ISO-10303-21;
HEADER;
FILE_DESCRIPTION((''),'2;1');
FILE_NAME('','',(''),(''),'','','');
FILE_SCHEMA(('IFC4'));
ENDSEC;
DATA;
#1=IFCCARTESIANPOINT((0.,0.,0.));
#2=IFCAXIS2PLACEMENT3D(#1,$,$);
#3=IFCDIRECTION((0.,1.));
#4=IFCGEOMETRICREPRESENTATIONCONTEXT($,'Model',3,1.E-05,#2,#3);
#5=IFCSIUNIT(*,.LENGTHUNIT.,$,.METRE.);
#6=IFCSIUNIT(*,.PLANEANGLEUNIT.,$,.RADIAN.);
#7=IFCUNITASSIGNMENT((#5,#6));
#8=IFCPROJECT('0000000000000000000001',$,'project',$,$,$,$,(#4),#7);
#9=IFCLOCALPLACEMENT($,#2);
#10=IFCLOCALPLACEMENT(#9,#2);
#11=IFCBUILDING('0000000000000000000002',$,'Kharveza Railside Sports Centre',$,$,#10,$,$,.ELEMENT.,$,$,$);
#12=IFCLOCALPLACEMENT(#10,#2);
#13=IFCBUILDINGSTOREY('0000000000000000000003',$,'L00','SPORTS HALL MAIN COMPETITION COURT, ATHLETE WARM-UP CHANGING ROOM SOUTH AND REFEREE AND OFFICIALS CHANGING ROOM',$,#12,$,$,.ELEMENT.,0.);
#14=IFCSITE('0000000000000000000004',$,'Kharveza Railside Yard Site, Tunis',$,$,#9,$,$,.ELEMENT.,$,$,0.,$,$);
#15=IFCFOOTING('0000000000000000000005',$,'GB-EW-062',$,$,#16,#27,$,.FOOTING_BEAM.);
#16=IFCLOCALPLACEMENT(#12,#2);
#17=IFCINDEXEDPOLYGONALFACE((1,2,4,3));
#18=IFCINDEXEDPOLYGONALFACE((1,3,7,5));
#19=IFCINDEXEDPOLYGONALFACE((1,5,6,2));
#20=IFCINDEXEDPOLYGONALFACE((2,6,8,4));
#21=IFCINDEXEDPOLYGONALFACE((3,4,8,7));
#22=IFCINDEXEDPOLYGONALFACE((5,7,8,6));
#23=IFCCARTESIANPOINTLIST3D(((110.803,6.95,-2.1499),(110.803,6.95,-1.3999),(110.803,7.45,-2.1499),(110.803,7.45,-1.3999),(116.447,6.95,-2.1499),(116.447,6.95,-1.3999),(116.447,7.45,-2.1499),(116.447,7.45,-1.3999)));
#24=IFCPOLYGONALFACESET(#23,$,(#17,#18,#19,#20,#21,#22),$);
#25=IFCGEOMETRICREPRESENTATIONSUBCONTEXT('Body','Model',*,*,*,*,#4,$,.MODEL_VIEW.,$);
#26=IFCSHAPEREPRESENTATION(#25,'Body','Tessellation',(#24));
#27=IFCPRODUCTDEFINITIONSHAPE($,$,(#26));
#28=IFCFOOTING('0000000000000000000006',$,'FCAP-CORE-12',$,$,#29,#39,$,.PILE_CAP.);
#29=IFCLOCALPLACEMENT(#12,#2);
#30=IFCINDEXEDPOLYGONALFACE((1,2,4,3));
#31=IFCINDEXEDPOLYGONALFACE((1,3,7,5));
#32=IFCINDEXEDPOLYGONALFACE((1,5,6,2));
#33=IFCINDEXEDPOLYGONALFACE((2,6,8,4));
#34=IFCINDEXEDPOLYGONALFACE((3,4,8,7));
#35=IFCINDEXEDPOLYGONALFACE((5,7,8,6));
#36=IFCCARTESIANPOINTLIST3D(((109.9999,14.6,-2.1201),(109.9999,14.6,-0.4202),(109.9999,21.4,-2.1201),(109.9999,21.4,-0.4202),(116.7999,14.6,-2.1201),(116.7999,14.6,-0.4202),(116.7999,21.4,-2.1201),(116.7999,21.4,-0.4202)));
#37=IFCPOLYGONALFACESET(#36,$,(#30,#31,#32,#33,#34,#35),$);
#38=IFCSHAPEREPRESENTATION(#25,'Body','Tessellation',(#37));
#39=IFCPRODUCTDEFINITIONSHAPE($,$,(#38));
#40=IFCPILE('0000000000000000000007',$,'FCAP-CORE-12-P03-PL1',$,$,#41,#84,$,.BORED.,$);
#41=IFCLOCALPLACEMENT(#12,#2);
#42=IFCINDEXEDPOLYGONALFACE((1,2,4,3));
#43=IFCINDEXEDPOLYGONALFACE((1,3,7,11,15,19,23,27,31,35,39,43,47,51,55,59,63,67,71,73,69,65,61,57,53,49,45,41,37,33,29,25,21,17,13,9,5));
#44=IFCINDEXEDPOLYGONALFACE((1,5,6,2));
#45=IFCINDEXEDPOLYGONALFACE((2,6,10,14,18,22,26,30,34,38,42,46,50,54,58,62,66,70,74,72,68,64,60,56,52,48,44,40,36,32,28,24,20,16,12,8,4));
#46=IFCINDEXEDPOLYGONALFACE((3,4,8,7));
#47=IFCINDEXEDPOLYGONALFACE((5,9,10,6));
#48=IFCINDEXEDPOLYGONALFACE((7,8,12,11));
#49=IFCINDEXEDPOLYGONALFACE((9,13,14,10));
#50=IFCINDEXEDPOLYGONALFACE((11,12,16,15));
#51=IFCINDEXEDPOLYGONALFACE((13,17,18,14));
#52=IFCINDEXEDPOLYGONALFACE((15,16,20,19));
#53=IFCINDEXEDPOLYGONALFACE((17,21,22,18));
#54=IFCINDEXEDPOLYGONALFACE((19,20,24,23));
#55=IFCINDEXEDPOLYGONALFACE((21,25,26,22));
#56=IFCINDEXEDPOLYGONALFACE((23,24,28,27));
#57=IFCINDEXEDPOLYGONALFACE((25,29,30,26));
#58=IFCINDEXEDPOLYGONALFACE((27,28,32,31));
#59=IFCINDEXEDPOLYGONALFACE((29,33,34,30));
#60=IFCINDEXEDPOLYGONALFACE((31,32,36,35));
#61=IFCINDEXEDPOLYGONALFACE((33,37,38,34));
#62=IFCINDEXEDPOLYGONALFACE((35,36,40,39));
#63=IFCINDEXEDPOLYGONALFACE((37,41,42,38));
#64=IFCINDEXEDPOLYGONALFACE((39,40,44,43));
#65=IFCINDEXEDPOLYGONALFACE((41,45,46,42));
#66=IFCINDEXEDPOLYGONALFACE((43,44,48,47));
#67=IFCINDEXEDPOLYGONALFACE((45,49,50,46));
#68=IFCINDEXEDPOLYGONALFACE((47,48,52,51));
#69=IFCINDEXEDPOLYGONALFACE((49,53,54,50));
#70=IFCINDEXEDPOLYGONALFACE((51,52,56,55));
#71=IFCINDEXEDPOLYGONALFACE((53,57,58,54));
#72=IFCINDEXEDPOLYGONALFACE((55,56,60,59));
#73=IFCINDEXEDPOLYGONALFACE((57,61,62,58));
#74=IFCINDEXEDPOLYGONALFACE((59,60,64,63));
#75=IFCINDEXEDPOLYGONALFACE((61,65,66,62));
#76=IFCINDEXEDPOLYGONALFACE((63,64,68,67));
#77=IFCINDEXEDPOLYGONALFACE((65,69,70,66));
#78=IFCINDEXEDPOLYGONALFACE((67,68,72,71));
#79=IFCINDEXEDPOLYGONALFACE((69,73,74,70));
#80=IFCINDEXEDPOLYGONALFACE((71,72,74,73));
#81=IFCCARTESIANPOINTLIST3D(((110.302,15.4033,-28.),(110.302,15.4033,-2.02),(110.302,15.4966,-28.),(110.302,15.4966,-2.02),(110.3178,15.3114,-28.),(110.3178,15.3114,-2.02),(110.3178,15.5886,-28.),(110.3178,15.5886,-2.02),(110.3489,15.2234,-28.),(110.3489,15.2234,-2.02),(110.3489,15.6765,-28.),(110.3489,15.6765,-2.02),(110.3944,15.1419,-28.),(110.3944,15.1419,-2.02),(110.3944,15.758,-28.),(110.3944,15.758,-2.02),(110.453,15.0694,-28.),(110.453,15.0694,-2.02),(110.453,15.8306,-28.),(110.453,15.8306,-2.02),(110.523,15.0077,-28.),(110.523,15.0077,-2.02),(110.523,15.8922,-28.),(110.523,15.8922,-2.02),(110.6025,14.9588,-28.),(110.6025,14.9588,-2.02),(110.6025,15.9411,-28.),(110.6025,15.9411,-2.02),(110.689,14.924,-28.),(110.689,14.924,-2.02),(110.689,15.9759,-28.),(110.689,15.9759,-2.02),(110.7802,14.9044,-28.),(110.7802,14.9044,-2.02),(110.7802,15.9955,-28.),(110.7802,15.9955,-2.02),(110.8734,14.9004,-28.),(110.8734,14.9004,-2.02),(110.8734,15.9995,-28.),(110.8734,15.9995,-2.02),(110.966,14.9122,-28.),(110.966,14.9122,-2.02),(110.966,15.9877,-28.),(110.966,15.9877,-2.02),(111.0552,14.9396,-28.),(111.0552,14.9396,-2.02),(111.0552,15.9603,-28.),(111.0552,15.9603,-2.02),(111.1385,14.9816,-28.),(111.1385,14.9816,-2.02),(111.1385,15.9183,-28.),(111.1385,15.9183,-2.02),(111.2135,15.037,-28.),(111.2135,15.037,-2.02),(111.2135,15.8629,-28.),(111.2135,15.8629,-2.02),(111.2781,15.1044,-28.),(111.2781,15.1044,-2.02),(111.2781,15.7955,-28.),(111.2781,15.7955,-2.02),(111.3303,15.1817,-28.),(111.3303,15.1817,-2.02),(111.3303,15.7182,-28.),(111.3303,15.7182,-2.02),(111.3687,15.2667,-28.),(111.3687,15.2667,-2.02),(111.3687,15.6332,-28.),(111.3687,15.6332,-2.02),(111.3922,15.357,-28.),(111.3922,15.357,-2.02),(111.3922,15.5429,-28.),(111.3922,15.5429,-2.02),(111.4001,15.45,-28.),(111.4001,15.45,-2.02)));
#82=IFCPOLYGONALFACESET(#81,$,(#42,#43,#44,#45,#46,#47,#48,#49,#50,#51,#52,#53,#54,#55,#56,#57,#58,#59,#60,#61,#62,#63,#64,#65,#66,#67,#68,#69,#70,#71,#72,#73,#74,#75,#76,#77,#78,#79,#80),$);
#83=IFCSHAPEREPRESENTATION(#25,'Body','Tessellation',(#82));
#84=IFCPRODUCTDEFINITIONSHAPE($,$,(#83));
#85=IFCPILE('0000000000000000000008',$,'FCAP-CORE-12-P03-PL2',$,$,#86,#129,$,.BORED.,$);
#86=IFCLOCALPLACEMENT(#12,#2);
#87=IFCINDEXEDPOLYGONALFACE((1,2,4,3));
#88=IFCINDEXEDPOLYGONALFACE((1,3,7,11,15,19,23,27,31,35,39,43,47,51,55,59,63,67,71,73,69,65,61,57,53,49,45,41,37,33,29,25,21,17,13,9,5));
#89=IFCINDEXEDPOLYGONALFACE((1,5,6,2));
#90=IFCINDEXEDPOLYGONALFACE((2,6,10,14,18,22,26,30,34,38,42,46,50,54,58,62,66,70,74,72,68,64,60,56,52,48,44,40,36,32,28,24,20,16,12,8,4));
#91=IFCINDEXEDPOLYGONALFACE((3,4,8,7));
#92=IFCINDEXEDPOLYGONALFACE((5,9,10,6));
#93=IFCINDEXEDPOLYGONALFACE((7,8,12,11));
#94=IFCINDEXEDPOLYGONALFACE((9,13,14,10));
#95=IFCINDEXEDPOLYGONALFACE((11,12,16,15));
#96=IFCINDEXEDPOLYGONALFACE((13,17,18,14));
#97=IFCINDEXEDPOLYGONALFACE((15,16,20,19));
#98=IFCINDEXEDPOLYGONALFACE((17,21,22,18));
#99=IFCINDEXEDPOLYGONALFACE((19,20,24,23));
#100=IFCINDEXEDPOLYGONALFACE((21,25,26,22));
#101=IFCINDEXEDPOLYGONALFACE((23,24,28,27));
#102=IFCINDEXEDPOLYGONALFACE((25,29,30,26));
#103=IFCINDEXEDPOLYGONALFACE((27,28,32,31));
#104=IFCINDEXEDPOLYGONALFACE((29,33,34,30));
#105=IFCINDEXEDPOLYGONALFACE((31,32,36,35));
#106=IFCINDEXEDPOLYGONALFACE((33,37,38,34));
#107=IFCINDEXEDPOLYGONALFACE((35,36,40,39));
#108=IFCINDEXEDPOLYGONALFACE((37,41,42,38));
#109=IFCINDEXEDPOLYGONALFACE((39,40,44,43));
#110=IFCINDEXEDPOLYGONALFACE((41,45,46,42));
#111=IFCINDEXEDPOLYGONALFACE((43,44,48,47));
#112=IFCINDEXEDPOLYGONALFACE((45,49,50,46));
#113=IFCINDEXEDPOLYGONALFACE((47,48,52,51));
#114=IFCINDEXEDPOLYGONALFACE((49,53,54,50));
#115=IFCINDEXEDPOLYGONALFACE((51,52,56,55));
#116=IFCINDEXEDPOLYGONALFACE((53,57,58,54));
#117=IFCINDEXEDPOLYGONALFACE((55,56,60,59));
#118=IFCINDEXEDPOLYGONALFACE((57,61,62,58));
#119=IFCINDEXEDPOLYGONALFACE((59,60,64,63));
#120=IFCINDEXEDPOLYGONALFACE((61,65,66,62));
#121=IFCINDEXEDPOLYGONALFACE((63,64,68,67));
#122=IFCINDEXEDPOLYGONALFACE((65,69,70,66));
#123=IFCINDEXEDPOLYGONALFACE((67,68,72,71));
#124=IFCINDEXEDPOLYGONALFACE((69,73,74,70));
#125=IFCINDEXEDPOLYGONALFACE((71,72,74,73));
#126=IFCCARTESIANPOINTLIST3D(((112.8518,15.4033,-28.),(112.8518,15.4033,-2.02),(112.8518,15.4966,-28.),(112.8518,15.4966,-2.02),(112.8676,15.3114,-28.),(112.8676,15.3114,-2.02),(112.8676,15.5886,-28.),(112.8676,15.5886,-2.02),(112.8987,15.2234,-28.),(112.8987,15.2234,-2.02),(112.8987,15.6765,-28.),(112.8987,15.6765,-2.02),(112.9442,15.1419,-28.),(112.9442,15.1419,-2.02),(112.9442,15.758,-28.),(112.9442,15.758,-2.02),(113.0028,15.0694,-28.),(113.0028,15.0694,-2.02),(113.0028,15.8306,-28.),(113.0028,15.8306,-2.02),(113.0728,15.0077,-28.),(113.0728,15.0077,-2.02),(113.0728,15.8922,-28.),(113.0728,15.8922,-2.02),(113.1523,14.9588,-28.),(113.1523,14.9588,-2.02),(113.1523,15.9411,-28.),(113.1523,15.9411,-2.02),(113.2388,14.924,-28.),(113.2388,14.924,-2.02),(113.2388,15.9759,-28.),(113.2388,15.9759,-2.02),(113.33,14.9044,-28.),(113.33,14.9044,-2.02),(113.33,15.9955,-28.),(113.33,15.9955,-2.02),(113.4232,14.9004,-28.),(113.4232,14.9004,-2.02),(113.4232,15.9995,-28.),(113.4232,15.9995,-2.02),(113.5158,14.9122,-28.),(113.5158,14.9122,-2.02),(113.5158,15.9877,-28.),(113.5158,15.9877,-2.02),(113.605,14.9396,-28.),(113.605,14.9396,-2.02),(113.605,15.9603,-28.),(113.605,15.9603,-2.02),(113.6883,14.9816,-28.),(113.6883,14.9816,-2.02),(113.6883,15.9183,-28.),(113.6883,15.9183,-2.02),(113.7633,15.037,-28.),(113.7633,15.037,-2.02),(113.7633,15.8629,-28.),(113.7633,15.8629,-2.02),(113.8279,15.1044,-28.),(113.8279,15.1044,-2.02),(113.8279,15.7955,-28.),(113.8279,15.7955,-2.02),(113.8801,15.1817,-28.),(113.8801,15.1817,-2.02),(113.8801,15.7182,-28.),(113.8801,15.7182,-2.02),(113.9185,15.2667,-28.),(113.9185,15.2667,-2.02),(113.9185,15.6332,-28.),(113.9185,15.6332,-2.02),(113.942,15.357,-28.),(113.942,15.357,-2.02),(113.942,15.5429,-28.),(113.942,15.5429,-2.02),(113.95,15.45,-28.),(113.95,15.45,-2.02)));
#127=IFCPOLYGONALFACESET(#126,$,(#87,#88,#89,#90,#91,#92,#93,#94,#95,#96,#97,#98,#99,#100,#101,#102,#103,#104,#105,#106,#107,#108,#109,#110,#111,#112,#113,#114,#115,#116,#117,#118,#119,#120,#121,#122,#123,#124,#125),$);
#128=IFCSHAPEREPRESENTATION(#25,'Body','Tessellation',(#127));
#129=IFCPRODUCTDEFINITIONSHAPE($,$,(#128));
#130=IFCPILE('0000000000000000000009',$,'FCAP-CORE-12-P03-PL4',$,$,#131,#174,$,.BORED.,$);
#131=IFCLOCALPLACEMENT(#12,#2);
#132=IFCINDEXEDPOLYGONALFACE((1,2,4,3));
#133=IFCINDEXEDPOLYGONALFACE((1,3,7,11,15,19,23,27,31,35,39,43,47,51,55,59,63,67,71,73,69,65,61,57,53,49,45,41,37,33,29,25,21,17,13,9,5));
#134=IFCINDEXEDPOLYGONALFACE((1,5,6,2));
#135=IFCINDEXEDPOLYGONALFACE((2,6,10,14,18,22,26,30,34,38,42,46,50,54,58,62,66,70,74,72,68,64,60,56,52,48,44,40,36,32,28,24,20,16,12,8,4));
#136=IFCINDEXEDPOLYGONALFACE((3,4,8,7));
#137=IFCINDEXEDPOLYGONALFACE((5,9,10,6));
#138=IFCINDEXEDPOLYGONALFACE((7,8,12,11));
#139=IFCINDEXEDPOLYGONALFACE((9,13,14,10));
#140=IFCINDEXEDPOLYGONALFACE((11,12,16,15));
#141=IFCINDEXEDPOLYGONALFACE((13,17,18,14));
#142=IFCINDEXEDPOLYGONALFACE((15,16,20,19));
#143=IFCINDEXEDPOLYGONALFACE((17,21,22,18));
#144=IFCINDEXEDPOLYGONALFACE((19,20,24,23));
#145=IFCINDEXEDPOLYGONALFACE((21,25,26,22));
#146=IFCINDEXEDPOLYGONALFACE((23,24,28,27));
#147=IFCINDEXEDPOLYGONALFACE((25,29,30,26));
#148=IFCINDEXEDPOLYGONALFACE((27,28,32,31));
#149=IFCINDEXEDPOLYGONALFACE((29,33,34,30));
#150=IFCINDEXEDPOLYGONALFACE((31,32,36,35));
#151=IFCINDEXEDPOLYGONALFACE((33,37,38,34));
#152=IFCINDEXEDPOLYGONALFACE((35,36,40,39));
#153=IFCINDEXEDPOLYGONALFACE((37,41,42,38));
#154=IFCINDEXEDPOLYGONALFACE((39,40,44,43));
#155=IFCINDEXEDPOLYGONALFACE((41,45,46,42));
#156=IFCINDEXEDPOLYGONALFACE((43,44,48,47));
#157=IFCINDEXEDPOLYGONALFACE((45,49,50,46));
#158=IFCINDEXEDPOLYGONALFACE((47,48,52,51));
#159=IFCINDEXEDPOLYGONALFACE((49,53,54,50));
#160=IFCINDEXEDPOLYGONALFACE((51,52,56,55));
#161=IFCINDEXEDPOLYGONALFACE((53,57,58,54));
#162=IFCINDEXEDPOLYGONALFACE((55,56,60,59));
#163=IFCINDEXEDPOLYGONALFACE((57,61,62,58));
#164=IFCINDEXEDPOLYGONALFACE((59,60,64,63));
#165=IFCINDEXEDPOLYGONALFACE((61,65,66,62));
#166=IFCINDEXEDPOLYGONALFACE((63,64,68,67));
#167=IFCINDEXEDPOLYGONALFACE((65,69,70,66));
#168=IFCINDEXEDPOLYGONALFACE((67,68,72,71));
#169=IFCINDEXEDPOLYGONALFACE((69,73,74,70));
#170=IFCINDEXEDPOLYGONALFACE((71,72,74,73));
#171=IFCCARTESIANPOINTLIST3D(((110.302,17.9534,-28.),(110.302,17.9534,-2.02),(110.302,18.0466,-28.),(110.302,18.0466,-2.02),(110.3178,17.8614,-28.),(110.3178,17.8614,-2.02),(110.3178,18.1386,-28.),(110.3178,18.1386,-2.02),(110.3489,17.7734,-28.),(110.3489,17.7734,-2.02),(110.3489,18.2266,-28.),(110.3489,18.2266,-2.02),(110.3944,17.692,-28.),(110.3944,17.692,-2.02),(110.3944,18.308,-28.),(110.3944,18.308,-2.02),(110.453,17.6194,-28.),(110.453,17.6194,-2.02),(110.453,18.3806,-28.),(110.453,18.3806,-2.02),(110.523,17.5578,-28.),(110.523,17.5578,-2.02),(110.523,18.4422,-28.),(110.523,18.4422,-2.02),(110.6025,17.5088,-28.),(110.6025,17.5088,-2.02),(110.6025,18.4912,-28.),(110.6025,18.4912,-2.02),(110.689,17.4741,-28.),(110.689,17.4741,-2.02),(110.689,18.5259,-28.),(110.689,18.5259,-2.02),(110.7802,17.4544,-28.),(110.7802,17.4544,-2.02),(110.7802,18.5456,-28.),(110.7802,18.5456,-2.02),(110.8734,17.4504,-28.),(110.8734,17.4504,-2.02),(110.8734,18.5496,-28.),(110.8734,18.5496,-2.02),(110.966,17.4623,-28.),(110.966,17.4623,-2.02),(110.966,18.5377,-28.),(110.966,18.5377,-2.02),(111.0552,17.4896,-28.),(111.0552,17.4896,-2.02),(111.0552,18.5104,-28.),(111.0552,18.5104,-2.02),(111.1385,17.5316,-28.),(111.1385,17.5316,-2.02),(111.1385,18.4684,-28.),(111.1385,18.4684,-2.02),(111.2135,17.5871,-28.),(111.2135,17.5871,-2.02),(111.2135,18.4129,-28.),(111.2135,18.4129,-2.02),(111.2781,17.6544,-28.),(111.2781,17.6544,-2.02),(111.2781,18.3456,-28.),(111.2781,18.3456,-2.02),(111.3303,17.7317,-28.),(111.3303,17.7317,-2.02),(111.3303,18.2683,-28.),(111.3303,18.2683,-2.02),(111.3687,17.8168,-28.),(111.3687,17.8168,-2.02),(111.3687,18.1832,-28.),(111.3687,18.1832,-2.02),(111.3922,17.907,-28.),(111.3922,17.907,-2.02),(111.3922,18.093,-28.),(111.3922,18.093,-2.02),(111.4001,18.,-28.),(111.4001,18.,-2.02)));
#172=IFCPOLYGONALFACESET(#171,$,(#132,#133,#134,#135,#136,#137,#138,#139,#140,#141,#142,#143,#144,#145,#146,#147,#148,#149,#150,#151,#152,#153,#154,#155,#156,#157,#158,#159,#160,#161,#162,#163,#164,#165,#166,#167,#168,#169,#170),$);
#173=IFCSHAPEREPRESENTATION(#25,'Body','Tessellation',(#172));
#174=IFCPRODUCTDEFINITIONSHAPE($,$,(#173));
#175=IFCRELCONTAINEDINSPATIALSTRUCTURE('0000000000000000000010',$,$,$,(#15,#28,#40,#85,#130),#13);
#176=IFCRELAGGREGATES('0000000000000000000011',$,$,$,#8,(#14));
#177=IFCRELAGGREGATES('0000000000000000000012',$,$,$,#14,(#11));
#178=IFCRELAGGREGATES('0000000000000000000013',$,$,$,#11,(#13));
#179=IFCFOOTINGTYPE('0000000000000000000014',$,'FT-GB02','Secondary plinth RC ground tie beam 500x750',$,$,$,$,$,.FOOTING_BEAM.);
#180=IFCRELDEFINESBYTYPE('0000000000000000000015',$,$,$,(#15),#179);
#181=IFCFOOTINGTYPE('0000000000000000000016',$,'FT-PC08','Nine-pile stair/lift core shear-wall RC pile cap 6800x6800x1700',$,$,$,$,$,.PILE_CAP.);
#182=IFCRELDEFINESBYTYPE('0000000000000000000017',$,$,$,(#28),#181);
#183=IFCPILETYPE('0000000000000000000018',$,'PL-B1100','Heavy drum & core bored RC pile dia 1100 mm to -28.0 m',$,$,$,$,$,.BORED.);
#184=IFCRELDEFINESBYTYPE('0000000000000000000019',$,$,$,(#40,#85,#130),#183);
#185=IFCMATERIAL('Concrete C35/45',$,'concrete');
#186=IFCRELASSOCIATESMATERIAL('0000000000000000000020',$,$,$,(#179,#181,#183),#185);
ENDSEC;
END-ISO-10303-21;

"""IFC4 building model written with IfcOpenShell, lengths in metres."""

from ifc_helpers import new_model, si_unit, direction, frame, origin, origin_2d, place, context, subcontext, project, spatial, rectangle, circle, extrude, material, material_profile, profile_set, type_object, element, save


model = new_model("IFC4")

# Units and contexts
model_context = context("Model", 3, precision=1e-05, world=origin(), true_north=direction((0.0, 1.0)))
body_context = subcontext(model_context, "Body", "Model", "MODEL_VIEW")
ifc_project = project(units=[si_unit("LENGTHUNIT", "METRE"), si_unit("PLANEANGLEUNIT", "RADIAN")], contexts=[model_context])

# Site, building, storey
site_placement = place(None, origin())
site = spatial("IfcSite", under=ifc_project, at=site_placement, Name="Kharveza Railside Yard Site, Tunis", CompositionType="ELEMENT", RefElevation=0.0)
building_placement = place(site_placement, origin())
building = spatial("IfcBuilding", under=site, at=building_placement, Name="Kharveza Railside Sports Centre", CompositionType="ELEMENT")
storey_placement = place(building_placement, origin())
storey = spatial("IfcBuildingStorey", under=building, at=storey_placement, Name="L00", Description="SPORTS HALL MAIN COMPETITION COURT, ATHLETE WARM-UP CHANGING ROOM SOUTH AND REFEREE AND OFFICIALS CHANGING ROOM", CompositionType="ELEMENT", Elevation=0.0)

# Footings
ifc_material_1 = material(Name="Concrete C35/45", Category="concrete")
ifc_material_profile_1 = material_profile(ifc_material_1, rectangle(XDim=0.5, YDim=0.75, at=origin_2d()), Name="GB 500x750")
ifc_profile_set_1 = profile_set([ifc_material_profile_1], Name="Concrete C35/45")
footing_type_1 = type_object("IfcFootingType", Name="FT-GB02", Description="Secondary plinth RC ground tie beam 500x750", PredefinedType="FOOTING_BEAM", material=ifc_profile_set_1)
footing_1_placement = place(storey_placement, frame((110.803, 7.2, -1.7749), z_axis=(1.0, 0.0, 0.0), x_axis=(0.0, 1.0, 0.0)))
element("IfcFooting", 1, at=footing_1_placement, inside=storey, type_object=footing_type_1, Name="GB-EW-062", PredefinedType="FOOTING_BEAM", context=body_context, shape_type="SweptSolid", body=[
    extrude(rectangle(XDim=0.5, YDim=0.75, at=origin_2d()), origin(), (0.0, 0.0, 1.0), 5.644),
])
footing_type_2 = type_object("IfcFootingType", Name="FT-PC08", Description="Nine-pile stair/lift core shear-wall RC pile cap 6800x6800x1700", PredefinedType="PILE_CAP", material=ifc_material_1)
footing_2_placement = place(storey_placement, frame((113.3999, 18.0, -2.1201), z_axis=(0.0, 0.0, 1.0), x_axis=(1.0, 0.0, 0.0)))
element("IfcFooting", 2, at=footing_2_placement, inside=storey, type_object=footing_type_2, Name="FCAP-CORE-12", PredefinedType="PILE_CAP", context=body_context, shape_type="SweptSolid", body=[
    extrude(rectangle(XDim=6.8, YDim=6.8, at=origin_2d()), origin(), (0.0, 0.0, 1.0), 1.7),
])

# Piles
ifc_material_profile_2 = material_profile(ifc_material_1, circle(Radius=0.55, at=origin_2d()), Name="PILE D1100")
ifc_profile_set_2 = profile_set([ifc_material_profile_2], Name="Concrete C35/45")
pile_type_1 = type_object("IfcPileType", Name="PL-B1100", Description="Heavy drum & core bored RC pile dia 1100 mm to -28.0 m", PredefinedType="BORED", material=ifc_profile_set_2)
for number, where, z_axis, x_axis, name in (
    (3, (110.8501, 15.45, -2.02), (0.0, 0.0, -1.0), (1.0, 0.0, 0.0), "FCAP-CORE-12-P03-PL1"),
    (4, (113.3999, 15.45, -2.02), (0.0, 0.0, -1.0), (1.0, 0.0, 0.0), "FCAP-CORE-12-P03-PL2"),
    (5, (110.8501, 18.0, -2.02), (0.0, 0.0, -1.0), (1.0, 0.0, 0.0), "FCAP-CORE-12-P03-PL4"),
):
    element("IfcPile", number, at=place(storey_placement, frame(where, z_axis=z_axis, x_axis=x_axis)), inside=storey, type_object=pile_type_1, Name=name, PredefinedType="BORED", context=body_context, shape_type="SweptSolid", body=[
        extrude(circle(Radius=0.55, at=origin_2d()), origin(), (0.0, 0.0, 1.0), 25.98),
    ])

save(model, "model.ifc")
